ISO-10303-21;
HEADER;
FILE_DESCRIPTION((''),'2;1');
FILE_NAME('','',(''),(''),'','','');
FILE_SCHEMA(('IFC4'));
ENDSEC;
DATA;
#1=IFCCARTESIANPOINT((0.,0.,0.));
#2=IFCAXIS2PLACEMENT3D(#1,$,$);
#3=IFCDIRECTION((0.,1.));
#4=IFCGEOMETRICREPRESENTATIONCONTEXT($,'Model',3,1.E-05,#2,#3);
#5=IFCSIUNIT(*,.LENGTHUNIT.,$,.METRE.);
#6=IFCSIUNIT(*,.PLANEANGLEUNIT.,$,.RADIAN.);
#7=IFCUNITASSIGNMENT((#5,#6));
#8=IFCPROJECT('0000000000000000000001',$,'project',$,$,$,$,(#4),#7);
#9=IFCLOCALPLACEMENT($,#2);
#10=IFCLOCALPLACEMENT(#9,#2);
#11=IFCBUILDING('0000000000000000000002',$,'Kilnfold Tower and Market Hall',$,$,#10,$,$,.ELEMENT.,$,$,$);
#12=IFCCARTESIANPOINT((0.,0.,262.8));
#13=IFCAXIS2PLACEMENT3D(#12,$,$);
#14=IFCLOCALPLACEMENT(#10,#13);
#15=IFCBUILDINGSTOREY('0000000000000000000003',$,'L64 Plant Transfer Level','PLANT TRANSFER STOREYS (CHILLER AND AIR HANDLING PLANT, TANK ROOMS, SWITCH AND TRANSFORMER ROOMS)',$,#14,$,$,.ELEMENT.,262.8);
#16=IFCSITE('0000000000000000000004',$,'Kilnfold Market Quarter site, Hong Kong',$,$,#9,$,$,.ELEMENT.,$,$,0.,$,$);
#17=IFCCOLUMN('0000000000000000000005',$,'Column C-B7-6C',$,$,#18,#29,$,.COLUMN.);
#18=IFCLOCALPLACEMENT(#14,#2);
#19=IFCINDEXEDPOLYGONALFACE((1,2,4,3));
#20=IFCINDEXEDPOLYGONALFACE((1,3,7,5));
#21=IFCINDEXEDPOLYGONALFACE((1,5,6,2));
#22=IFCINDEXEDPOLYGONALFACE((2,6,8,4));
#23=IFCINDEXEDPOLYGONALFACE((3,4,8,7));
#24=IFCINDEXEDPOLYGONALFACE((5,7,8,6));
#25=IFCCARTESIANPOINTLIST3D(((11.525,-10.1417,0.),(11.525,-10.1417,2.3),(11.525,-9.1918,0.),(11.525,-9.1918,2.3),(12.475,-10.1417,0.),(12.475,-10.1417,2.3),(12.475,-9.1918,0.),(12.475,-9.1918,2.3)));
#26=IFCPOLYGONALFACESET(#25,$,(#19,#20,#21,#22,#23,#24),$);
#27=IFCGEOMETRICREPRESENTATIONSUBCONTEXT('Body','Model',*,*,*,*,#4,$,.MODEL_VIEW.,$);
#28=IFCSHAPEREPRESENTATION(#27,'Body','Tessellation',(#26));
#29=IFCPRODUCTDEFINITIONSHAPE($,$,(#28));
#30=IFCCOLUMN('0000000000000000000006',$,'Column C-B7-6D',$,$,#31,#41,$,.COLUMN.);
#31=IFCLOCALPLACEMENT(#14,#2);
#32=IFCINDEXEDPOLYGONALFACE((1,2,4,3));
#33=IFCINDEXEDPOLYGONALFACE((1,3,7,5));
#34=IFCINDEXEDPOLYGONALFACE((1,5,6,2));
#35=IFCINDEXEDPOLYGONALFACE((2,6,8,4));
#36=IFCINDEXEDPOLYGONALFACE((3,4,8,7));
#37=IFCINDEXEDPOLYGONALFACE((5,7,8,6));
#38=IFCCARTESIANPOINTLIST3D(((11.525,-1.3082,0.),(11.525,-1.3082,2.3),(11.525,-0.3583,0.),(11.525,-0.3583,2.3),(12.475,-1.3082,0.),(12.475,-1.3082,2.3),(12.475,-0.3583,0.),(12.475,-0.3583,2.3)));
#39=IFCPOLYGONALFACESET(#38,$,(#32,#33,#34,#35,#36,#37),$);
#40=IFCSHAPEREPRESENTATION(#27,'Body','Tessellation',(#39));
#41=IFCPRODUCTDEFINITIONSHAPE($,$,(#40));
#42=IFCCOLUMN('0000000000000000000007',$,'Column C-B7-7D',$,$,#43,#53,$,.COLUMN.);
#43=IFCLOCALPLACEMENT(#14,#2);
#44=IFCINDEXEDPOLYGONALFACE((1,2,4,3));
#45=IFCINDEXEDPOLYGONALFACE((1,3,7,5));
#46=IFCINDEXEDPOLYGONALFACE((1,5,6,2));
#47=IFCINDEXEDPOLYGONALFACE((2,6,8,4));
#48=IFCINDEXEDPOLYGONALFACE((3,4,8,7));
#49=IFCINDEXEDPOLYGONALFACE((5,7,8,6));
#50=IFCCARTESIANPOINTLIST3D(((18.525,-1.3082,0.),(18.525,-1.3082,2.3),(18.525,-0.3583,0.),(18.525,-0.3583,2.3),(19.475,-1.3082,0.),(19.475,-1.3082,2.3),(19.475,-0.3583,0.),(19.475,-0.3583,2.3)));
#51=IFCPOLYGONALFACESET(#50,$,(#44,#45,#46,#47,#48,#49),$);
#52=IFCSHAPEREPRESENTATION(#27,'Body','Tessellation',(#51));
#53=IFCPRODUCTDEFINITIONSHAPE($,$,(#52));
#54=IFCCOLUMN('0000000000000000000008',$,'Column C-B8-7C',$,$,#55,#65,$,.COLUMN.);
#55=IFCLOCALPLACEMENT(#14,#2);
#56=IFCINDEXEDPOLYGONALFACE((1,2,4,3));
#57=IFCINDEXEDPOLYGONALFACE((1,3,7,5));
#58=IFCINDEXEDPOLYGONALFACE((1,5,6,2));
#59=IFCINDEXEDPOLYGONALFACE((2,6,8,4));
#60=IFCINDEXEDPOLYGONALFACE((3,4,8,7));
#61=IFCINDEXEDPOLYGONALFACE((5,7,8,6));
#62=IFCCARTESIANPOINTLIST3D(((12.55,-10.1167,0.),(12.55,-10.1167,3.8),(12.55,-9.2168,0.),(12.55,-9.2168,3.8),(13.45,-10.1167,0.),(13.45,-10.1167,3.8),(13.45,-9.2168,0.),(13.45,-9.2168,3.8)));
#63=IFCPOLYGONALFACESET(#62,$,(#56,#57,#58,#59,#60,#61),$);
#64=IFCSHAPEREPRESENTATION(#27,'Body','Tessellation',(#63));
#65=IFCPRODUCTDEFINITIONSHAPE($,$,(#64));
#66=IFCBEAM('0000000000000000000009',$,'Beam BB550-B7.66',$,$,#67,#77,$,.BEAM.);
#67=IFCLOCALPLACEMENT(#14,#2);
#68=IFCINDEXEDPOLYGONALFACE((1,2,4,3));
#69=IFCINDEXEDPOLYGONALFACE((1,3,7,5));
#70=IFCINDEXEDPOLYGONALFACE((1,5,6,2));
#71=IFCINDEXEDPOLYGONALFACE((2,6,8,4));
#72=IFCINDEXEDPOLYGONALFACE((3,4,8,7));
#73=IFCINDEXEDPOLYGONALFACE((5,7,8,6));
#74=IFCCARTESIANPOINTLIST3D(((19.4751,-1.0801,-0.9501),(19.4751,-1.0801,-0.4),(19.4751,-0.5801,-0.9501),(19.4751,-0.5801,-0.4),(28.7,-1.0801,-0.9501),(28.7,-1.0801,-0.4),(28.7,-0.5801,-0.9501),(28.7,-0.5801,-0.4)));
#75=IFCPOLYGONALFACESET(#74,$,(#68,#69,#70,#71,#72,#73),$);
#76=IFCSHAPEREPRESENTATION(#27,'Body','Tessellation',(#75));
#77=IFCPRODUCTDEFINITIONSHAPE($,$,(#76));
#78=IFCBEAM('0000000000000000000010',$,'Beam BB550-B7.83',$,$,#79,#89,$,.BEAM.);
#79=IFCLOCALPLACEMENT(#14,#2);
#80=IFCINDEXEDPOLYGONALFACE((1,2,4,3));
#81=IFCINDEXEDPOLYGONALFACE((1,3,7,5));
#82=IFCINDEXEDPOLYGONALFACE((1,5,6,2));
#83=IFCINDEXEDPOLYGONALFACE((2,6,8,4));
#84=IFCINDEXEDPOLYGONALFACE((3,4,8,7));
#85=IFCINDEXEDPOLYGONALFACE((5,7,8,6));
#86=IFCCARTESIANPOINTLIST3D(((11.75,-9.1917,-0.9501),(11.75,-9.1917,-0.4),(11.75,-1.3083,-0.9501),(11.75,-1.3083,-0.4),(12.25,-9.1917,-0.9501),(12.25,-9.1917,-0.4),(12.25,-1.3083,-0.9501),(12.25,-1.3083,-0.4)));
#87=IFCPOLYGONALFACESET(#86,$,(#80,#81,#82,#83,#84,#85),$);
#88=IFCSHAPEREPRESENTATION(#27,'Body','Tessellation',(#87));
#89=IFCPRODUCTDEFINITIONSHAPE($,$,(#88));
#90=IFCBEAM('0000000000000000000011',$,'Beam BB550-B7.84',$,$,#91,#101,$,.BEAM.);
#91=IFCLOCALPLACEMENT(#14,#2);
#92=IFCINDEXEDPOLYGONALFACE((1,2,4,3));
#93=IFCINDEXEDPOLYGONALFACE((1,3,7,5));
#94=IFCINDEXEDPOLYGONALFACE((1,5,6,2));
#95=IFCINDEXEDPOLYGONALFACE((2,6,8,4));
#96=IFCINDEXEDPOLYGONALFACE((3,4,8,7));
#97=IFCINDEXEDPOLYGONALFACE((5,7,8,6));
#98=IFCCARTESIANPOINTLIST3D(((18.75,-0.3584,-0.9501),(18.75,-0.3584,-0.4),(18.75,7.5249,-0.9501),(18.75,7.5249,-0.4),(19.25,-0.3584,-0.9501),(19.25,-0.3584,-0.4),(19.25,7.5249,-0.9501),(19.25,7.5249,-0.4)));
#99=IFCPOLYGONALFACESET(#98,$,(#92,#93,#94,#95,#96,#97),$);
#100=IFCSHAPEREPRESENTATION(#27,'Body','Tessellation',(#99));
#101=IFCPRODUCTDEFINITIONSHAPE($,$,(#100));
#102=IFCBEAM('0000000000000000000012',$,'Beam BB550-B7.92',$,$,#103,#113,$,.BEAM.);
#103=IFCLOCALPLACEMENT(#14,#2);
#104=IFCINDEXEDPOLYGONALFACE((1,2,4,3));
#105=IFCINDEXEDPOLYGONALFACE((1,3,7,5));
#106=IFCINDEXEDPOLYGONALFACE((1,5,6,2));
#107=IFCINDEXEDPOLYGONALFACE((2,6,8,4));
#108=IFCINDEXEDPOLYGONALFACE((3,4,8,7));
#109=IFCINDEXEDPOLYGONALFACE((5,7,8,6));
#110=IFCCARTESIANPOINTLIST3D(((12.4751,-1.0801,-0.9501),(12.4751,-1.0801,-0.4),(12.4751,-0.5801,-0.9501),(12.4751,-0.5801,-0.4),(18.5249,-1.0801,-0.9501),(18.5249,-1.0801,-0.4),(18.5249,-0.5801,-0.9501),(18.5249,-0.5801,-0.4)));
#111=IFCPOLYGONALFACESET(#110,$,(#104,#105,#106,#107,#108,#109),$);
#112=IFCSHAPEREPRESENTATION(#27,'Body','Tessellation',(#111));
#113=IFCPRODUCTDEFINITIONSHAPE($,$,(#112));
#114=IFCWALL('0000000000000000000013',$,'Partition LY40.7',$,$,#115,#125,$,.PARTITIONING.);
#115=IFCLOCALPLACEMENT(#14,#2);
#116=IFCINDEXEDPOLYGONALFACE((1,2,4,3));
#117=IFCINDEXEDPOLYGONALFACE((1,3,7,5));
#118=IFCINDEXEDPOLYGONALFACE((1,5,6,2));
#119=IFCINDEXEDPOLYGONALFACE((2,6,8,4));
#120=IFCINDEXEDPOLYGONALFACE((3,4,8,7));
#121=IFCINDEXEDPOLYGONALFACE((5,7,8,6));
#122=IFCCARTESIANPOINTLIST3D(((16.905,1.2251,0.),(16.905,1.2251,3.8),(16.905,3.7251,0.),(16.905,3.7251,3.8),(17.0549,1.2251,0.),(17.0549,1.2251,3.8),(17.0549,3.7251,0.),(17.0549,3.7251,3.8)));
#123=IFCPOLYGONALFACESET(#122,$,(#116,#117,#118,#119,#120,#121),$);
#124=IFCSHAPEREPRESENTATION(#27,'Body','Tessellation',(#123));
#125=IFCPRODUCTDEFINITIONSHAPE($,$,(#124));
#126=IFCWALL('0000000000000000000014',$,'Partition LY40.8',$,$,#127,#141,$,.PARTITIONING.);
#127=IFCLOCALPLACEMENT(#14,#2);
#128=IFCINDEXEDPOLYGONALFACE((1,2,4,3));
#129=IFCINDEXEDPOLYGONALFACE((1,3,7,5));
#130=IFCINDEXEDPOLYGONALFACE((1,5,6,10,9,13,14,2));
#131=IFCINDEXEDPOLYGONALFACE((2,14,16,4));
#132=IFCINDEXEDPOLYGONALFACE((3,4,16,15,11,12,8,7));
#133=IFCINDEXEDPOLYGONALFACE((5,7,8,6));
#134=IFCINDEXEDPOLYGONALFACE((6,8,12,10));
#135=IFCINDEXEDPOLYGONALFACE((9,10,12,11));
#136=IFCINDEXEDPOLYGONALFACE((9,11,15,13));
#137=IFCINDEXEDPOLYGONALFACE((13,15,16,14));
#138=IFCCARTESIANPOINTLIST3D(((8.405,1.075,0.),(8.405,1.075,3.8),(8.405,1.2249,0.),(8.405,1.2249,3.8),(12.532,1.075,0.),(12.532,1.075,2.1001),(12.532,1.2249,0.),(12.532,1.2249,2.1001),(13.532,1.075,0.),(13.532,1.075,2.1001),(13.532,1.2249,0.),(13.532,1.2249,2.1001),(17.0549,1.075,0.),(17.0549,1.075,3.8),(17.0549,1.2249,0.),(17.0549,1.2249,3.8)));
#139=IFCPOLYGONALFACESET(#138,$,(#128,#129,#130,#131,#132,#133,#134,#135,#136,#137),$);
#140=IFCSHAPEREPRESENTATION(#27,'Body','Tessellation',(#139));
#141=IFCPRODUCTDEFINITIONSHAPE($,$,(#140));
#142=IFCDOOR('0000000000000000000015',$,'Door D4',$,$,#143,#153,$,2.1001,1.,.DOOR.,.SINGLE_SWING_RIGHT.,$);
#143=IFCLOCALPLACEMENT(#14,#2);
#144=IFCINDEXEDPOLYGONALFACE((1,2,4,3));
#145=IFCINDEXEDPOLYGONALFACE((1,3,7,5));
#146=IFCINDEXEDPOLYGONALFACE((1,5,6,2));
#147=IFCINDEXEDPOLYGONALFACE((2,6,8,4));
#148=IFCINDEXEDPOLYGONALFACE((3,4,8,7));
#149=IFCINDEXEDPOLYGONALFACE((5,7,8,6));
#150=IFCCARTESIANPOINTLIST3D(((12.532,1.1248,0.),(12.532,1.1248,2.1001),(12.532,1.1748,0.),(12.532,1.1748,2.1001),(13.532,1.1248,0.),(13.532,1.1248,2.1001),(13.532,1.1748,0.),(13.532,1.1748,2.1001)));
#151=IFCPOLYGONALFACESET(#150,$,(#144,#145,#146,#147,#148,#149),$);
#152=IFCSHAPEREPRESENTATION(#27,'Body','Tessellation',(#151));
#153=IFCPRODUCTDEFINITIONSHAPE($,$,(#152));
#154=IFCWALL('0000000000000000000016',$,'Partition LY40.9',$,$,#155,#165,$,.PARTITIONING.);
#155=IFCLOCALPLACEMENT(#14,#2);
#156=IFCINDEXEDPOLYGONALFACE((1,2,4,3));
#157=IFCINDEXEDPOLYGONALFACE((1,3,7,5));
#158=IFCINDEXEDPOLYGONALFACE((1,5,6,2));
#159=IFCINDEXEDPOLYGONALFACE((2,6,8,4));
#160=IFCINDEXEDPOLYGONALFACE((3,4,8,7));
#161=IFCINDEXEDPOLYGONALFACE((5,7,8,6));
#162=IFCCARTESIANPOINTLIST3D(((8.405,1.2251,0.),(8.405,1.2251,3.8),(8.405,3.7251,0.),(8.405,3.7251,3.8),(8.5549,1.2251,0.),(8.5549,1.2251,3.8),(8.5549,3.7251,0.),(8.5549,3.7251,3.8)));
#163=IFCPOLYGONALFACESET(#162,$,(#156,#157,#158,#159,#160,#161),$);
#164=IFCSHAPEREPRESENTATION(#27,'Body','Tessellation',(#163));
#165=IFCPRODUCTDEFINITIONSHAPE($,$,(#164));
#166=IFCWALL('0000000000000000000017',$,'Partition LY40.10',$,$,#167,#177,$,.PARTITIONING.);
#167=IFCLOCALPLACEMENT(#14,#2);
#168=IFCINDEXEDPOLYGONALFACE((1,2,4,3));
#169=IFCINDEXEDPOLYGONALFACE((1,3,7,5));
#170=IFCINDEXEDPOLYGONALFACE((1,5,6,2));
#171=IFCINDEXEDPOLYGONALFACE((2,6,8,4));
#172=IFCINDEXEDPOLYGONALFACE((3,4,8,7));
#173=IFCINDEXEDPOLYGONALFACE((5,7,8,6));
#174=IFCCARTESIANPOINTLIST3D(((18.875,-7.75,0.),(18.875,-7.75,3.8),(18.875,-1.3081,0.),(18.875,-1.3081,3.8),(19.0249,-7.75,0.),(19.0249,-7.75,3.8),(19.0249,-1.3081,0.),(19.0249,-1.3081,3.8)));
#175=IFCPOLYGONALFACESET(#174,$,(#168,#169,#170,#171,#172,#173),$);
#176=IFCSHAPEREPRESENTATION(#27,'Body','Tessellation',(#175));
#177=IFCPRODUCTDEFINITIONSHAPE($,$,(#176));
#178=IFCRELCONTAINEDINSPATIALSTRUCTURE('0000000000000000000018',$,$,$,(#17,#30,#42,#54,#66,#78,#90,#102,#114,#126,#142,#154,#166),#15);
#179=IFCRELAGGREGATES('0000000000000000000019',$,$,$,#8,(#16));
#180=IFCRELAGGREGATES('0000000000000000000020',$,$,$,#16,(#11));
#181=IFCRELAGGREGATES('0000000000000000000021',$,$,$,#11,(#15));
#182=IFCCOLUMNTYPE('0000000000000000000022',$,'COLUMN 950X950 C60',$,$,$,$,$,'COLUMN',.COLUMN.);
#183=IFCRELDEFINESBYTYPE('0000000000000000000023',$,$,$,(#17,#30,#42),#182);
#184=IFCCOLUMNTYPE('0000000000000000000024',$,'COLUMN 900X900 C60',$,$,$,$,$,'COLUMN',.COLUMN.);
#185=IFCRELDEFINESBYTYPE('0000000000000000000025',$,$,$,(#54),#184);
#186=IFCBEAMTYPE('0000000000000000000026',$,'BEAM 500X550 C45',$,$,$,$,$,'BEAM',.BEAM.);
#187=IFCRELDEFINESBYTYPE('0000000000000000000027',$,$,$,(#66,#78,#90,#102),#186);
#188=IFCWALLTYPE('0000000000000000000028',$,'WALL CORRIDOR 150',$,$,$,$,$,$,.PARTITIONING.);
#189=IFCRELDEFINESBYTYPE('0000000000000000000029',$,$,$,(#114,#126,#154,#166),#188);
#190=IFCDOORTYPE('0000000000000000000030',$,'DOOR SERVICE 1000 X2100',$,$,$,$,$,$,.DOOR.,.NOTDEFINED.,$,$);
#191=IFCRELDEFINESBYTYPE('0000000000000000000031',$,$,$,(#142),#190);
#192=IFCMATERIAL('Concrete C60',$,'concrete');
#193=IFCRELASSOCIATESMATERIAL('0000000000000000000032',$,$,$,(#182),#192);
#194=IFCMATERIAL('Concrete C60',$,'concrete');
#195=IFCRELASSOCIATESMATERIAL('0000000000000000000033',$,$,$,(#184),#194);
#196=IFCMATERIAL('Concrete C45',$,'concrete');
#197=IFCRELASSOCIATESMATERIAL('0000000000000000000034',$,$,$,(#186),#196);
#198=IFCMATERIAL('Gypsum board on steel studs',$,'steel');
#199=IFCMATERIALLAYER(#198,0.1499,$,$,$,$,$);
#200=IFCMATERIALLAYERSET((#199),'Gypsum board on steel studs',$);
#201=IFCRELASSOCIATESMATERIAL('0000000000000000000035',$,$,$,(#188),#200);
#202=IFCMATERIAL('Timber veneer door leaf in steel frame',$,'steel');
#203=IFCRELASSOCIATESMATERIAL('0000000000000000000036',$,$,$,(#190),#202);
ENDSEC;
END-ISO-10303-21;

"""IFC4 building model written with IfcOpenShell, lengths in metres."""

from ifc_helpers import new_model, si_unit, direction, frame, frame_2d, origin, origin_2d, place, context, subcontext, project, spatial, rectangle, extrude, source, transform, mapped, material, layer, layer_set, material_profile, profile_set, type_object, element, fill, save


model = new_model("IFC4")

# Units and contexts
model_context = context("Model", 3, precision=1e-05, world=origin(), true_north=direction((0.0, 1.0)))
body_context = subcontext(model_context, "Body", "Model", "MODEL_VIEW")
ifc_project = project(units=[si_unit("LENGTHUNIT", "METRE"), si_unit("PLANEANGLEUNIT", "RADIAN")], contexts=[model_context])

# Site, building, storey
site_placement = place(None, origin())
site = spatial("IfcSite", under=ifc_project, at=site_placement, Name="Kilnfold Market Quarter site, Hong Kong", CompositionType="ELEMENT", RefElevation=0.0)
building_placement = place(site_placement, origin())
building = spatial("IfcBuilding", under=site, at=building_placement, Name="Kilnfold Tower and Market Hall", CompositionType="ELEMENT")
storey_placement = place(building_placement, frame((0.0, 0.0, 262.8)))
storey = spatial("IfcBuildingStorey", under=building, at=storey_placement, Name="L64 Plant Transfer Level", Description="PLANT TRANSFER STOREYS (CHILLER AND AIR HANDLING PLANT, TANK ROOMS, SWITCH AND TRANSFORMER ROOMS)", CompositionType="ELEMENT", Elevation=262.8)

# Columns
ifc_material_1 = material(Name="Concrete C60", Category="concrete")
ifc_material_profile_1 = material_profile(ifc_material_1, rectangle(XDim=0.95, YDim=0.95, at=origin_2d()), Name="RC 950x950")
ifc_profile_set_1 = profile_set([ifc_material_profile_1], Name="Concrete C60")
column_type_1 = type_object("IfcColumnType", Name="COLUMN 950X950 C60", ElementType="COLUMN", PredefinedType="COLUMN", material=ifc_profile_set_1)
shared_shape_1 = source(origin(), body_context, "Body", "SweptSolid", [
    extrude(rectangle(XDim=0.95, YDim=0.95, at=origin_2d()), origin(), (0.0, 0.0, 1.0), 2.3),
])
for number, where, z_axis, x_axis, name in (
    (1, (12.0, -9.6667, 0.0), (0.0, 0.0, 1.0), (1.0, 0.0, 0.0), "Column C-B7-6C"),
    (2, (12.0, -0.8333, 0.0), (0.0, 0.0, 1.0), (1.0, 0.0, 0.0), "Column C-B7-6D"),
    (3, (19.0, -0.8333, 0.0), (0.0, 0.0, 1.0), (1.0, 0.0, 0.0), "Column C-B7-7D"),
):
    element("IfcColumn", number, at=place(storey_placement, frame(where, z_axis=z_axis, x_axis=x_axis)), inside=storey, type_object=column_type_1, Name=name, PredefinedType="COLUMN", context=body_context, shape_type="MappedRepresentation", body=[
        mapped(shared_shape_1, transform((0.0, 0.0, 0.0))),
    ])
ifc_material_2 = material(Name="Concrete C60", Category="concrete")
ifc_material_profile_2 = material_profile(ifc_material_2, rectangle(XDim=0.8999, YDim=0.8999, at=origin_2d()), Name="RC 900x900")
ifc_profile_set_2 = profile_set([ifc_material_profile_2], Name="Concrete C60")
column_type_2 = type_object("IfcColumnType", Name="COLUMN 900X900 C60", ElementType="COLUMN", PredefinedType="COLUMN", material=ifc_profile_set_2)
shared_shape_2 = source(origin(), body_context, "Body", "SweptSolid", [
    extrude(rectangle(XDim=0.8999, YDim=0.8999, at=origin_2d()), origin(), (0.0, 0.0, 1.0), 3.8),
])
column_placement = place(storey_placement, frame((13.0, -9.6667, 0.0), z_axis=(0.0, 0.0, 1.0), x_axis=(1.0, 0.0, 0.0)))
element("IfcColumn", 4, at=column_placement, inside=storey, type_object=column_type_2, Name="Column C-B8-7C", PredefinedType="COLUMN", context=body_context, shape_type="MappedRepresentation", body=[
    mapped(shared_shape_2, transform((0.0, 0.0, 0.0))),
])

# Beams
ifc_material_3 = material(Name="Concrete C45", Category="concrete")
ifc_material_profile_3 = material_profile(ifc_material_3, rectangle(XDim=0.5, YDim=0.55, at=origin_2d()), Name="RC 500x550")
ifc_profile_set_3 = profile_set([ifc_material_profile_3], Name="Concrete C45")
beam_type = type_object("IfcBeamType", Name="BEAM 500X550 C45", ElementType="BEAM", PredefinedType="BEAM", material=ifc_profile_set_3)
shared_shape_3 = source(origin(), body_context, "Body", "SweptSolid", [
    extrude(rectangle(XDim=0.5, YDim=0.55, at=origin_2d()), origin(), (0.0, 0.0, 1.0), 9.2249),
])
beam_1_placement = place(storey_placement, frame((19.4751, -0.8301, -0.675), z_axis=(1.0, 0.0, 0.0), x_axis=(0.0, 1.0, 0.0)))
element("IfcBeam", 5, at=beam_1_placement, inside=storey, type_object=beam_type, Name="Beam BB550-B7.66", PredefinedType="BEAM", context=body_context, shape_type="MappedRepresentation", body=[
    mapped(shared_shape_3, transform((0.0, 0.0, 0.0))),
])
shared_shape_4 = source(origin(), body_context, "Body", "SweptSolid", [
    extrude(rectangle(XDim=0.5, YDim=0.55, at=origin_2d()), origin(), (0.0, 0.0, 1.0), 7.8833),
])
for number, where, z_axis, x_axis, name in (
    (6, (12.0, -9.1917, -0.675), (0.0, 1.0, 0.0), (-1.0, 0.0, 0.0), "Beam BB550-B7.83"),
    (7, (19.0, -0.3584, -0.675), (0.0, 1.0, 0.0), (-1.0, 0.0, 0.0), "Beam BB550-B7.84"),
):
    element("IfcBeam", number, at=place(storey_placement, frame(where, z_axis=z_axis, x_axis=x_axis)), inside=storey, type_object=beam_type, Name=name, PredefinedType="BEAM", context=body_context, shape_type="MappedRepresentation", body=[
        mapped(shared_shape_4, transform((0.0, 0.0, 0.0))),
    ])
shared_shape_5 = source(origin(), body_context, "Body", "SweptSolid", [
    extrude(rectangle(XDim=0.5, YDim=0.55, at=origin_2d()), origin(), (0.0, 0.0, 1.0), 6.0498),
])
beam_2_placement = place(storey_placement, frame((12.4751, -0.8301, -0.675), z_axis=(1.0, 0.0, 0.0), x_axis=(0.0, 1.0, 0.0)))
element("IfcBeam", 8, at=beam_2_placement, inside=storey, type_object=beam_type, Name="Beam BB550-B7.92", PredefinedType="BEAM", context=body_context, shape_type="MappedRepresentation", body=[
    mapped(shared_shape_5, transform((0.0, 0.0, 0.0))),
])

# Wall
ifc_material_4 = material(Name="Gypsum board on steel studs", Category="steel")
ifc_layer_1 = layer(ifc_material_4, 0.1499)
ifc_layer_set_1 = layer_set([ifc_layer_1], Name="Gypsum board on steel studs")
wall_type_1 = type_object("IfcWallType", Name="WALL CORRIDOR 150", PredefinedType="PARTITIONING", material=ifc_layer_set_1)
wall_1_placement = place(storey_placement, frame((16.98, 1.2251, 0.0), z_axis=(0.0, 0.0, 1.0), x_axis=(0.0, 1.0, 0.0)))
element("IfcWall", 9, at=wall_1_placement, inside=storey, type_object=wall_type_1, Name="Partition LY40.7", PredefinedType="PARTITIONING", context=body_context, shape_type="SweptSolid", body=[
    extrude(rectangle(XDim=2.5, YDim=0.1499, at=frame_2d((1.25, 0.0))), origin(), (0.0, 0.0, 1.0), 3.8),
])

# Wall, opening, door
wall_2_placement = place(storey_placement, frame((8.405, 1.1499, 0.0), z_axis=(0.0, 0.0, 1.0), x_axis=(1.0, 0.0, 0.0)))
wall_2 = element("IfcWall", 10, at=wall_2_placement, inside=storey, type_object=wall_type_1, Name="Partition LY40.8", PredefinedType="PARTITIONING", context=body_context, shape_type="SweptSolid", body=[
    extrude(rectangle(XDim=8.6499, YDim=0.1499, at=frame_2d((4.325, 0.0))), origin(), (0.0, 0.0, 1.0), 3.8),
])
opening_1_placement = place(wall_2_placement, frame((4.127, 0.0, 0.0)))
opening_1 = element("IfcOpeningElement", 11, at=opening_1_placement, cuts=wall_2, PredefinedType="OPENING", context=body_context, shape_type="SweptSolid", body=[
    extrude(rectangle(XDim=1.0, YDim=2.1001, at=frame_2d((0.5, 1.05))), frame((0.0, 0.085, 0.0), z_axis=(0.0, -1.0, 0.0), x_axis=(1.0, 0.0, 0.0)), (0.0, 0.0, 1.0), 0.1699),
])
ifc_material_5 = material(Name="Timber veneer door leaf in steel frame", Category="steel")
door_type_1 = type_object("IfcDoorType", Name="DOOR SERVICE 1000 X2100", OperationType="NOTDEFINED", PredefinedType="DOOR", material=ifc_material_5)
door_1_placement = place(opening_1_placement, origin())
door_1 = element("IfcDoor", 12, at=door_1_placement, inside=storey, type_object=door_type_1, Name="Door D4", OperationType="SINGLE_SWING_RIGHT", OverallHeight=2.1001, OverallWidth=1.0, PredefinedType="DOOR", context=body_context, shape_type="SweptSolid", body=[
    extrude(rectangle(XDim=1.0, YDim=2.1001, at=frame_2d((0.5, 1.05))), frame((0.0, 0.0249, 0.0), z_axis=(0.0, -1.0, 0.0), x_axis=(1.0, 0.0, 0.0)), (0.0, 0.0, 1.0), 0.05),
])
fill(opening_1, door_1)

# Walls
wall_3_placement = place(storey_placement, frame((8.48, 3.7251, 0.0), z_axis=(0.0, 0.0, 1.0), x_axis=(0.0, -1.0, 0.0)))
element("IfcWall", 13, at=wall_3_placement, inside=storey, type_object=wall_type_1, Name="Partition LY40.9", PredefinedType="PARTITIONING", context=body_context, shape_type="SweptSolid", body=[
    extrude(rectangle(XDim=2.5, YDim=0.1499, at=frame_2d((1.25, 0.0))), origin(), (0.0, 0.0, 1.0), 3.8),
])
wall_4_placement = place(storey_placement, frame((18.95, -7.75, 0.0), z_axis=(0.0, 0.0, 1.0), x_axis=(0.0, 1.0, 0.0)))
element("IfcWall", 14, at=wall_4_placement, inside=storey, type_object=wall_type_1, Name="Partition LY40.10", PredefinedType="PARTITIONING", context=body_context, shape_type="SweptSolid", body=[
    extrude(rectangle(XDim=6.4419, YDim=0.1499, at=frame_2d((3.2209, 0.0))), origin(), (0.0, 0.0, 1.0), 3.8),
])

save(model, "model.ifc")
